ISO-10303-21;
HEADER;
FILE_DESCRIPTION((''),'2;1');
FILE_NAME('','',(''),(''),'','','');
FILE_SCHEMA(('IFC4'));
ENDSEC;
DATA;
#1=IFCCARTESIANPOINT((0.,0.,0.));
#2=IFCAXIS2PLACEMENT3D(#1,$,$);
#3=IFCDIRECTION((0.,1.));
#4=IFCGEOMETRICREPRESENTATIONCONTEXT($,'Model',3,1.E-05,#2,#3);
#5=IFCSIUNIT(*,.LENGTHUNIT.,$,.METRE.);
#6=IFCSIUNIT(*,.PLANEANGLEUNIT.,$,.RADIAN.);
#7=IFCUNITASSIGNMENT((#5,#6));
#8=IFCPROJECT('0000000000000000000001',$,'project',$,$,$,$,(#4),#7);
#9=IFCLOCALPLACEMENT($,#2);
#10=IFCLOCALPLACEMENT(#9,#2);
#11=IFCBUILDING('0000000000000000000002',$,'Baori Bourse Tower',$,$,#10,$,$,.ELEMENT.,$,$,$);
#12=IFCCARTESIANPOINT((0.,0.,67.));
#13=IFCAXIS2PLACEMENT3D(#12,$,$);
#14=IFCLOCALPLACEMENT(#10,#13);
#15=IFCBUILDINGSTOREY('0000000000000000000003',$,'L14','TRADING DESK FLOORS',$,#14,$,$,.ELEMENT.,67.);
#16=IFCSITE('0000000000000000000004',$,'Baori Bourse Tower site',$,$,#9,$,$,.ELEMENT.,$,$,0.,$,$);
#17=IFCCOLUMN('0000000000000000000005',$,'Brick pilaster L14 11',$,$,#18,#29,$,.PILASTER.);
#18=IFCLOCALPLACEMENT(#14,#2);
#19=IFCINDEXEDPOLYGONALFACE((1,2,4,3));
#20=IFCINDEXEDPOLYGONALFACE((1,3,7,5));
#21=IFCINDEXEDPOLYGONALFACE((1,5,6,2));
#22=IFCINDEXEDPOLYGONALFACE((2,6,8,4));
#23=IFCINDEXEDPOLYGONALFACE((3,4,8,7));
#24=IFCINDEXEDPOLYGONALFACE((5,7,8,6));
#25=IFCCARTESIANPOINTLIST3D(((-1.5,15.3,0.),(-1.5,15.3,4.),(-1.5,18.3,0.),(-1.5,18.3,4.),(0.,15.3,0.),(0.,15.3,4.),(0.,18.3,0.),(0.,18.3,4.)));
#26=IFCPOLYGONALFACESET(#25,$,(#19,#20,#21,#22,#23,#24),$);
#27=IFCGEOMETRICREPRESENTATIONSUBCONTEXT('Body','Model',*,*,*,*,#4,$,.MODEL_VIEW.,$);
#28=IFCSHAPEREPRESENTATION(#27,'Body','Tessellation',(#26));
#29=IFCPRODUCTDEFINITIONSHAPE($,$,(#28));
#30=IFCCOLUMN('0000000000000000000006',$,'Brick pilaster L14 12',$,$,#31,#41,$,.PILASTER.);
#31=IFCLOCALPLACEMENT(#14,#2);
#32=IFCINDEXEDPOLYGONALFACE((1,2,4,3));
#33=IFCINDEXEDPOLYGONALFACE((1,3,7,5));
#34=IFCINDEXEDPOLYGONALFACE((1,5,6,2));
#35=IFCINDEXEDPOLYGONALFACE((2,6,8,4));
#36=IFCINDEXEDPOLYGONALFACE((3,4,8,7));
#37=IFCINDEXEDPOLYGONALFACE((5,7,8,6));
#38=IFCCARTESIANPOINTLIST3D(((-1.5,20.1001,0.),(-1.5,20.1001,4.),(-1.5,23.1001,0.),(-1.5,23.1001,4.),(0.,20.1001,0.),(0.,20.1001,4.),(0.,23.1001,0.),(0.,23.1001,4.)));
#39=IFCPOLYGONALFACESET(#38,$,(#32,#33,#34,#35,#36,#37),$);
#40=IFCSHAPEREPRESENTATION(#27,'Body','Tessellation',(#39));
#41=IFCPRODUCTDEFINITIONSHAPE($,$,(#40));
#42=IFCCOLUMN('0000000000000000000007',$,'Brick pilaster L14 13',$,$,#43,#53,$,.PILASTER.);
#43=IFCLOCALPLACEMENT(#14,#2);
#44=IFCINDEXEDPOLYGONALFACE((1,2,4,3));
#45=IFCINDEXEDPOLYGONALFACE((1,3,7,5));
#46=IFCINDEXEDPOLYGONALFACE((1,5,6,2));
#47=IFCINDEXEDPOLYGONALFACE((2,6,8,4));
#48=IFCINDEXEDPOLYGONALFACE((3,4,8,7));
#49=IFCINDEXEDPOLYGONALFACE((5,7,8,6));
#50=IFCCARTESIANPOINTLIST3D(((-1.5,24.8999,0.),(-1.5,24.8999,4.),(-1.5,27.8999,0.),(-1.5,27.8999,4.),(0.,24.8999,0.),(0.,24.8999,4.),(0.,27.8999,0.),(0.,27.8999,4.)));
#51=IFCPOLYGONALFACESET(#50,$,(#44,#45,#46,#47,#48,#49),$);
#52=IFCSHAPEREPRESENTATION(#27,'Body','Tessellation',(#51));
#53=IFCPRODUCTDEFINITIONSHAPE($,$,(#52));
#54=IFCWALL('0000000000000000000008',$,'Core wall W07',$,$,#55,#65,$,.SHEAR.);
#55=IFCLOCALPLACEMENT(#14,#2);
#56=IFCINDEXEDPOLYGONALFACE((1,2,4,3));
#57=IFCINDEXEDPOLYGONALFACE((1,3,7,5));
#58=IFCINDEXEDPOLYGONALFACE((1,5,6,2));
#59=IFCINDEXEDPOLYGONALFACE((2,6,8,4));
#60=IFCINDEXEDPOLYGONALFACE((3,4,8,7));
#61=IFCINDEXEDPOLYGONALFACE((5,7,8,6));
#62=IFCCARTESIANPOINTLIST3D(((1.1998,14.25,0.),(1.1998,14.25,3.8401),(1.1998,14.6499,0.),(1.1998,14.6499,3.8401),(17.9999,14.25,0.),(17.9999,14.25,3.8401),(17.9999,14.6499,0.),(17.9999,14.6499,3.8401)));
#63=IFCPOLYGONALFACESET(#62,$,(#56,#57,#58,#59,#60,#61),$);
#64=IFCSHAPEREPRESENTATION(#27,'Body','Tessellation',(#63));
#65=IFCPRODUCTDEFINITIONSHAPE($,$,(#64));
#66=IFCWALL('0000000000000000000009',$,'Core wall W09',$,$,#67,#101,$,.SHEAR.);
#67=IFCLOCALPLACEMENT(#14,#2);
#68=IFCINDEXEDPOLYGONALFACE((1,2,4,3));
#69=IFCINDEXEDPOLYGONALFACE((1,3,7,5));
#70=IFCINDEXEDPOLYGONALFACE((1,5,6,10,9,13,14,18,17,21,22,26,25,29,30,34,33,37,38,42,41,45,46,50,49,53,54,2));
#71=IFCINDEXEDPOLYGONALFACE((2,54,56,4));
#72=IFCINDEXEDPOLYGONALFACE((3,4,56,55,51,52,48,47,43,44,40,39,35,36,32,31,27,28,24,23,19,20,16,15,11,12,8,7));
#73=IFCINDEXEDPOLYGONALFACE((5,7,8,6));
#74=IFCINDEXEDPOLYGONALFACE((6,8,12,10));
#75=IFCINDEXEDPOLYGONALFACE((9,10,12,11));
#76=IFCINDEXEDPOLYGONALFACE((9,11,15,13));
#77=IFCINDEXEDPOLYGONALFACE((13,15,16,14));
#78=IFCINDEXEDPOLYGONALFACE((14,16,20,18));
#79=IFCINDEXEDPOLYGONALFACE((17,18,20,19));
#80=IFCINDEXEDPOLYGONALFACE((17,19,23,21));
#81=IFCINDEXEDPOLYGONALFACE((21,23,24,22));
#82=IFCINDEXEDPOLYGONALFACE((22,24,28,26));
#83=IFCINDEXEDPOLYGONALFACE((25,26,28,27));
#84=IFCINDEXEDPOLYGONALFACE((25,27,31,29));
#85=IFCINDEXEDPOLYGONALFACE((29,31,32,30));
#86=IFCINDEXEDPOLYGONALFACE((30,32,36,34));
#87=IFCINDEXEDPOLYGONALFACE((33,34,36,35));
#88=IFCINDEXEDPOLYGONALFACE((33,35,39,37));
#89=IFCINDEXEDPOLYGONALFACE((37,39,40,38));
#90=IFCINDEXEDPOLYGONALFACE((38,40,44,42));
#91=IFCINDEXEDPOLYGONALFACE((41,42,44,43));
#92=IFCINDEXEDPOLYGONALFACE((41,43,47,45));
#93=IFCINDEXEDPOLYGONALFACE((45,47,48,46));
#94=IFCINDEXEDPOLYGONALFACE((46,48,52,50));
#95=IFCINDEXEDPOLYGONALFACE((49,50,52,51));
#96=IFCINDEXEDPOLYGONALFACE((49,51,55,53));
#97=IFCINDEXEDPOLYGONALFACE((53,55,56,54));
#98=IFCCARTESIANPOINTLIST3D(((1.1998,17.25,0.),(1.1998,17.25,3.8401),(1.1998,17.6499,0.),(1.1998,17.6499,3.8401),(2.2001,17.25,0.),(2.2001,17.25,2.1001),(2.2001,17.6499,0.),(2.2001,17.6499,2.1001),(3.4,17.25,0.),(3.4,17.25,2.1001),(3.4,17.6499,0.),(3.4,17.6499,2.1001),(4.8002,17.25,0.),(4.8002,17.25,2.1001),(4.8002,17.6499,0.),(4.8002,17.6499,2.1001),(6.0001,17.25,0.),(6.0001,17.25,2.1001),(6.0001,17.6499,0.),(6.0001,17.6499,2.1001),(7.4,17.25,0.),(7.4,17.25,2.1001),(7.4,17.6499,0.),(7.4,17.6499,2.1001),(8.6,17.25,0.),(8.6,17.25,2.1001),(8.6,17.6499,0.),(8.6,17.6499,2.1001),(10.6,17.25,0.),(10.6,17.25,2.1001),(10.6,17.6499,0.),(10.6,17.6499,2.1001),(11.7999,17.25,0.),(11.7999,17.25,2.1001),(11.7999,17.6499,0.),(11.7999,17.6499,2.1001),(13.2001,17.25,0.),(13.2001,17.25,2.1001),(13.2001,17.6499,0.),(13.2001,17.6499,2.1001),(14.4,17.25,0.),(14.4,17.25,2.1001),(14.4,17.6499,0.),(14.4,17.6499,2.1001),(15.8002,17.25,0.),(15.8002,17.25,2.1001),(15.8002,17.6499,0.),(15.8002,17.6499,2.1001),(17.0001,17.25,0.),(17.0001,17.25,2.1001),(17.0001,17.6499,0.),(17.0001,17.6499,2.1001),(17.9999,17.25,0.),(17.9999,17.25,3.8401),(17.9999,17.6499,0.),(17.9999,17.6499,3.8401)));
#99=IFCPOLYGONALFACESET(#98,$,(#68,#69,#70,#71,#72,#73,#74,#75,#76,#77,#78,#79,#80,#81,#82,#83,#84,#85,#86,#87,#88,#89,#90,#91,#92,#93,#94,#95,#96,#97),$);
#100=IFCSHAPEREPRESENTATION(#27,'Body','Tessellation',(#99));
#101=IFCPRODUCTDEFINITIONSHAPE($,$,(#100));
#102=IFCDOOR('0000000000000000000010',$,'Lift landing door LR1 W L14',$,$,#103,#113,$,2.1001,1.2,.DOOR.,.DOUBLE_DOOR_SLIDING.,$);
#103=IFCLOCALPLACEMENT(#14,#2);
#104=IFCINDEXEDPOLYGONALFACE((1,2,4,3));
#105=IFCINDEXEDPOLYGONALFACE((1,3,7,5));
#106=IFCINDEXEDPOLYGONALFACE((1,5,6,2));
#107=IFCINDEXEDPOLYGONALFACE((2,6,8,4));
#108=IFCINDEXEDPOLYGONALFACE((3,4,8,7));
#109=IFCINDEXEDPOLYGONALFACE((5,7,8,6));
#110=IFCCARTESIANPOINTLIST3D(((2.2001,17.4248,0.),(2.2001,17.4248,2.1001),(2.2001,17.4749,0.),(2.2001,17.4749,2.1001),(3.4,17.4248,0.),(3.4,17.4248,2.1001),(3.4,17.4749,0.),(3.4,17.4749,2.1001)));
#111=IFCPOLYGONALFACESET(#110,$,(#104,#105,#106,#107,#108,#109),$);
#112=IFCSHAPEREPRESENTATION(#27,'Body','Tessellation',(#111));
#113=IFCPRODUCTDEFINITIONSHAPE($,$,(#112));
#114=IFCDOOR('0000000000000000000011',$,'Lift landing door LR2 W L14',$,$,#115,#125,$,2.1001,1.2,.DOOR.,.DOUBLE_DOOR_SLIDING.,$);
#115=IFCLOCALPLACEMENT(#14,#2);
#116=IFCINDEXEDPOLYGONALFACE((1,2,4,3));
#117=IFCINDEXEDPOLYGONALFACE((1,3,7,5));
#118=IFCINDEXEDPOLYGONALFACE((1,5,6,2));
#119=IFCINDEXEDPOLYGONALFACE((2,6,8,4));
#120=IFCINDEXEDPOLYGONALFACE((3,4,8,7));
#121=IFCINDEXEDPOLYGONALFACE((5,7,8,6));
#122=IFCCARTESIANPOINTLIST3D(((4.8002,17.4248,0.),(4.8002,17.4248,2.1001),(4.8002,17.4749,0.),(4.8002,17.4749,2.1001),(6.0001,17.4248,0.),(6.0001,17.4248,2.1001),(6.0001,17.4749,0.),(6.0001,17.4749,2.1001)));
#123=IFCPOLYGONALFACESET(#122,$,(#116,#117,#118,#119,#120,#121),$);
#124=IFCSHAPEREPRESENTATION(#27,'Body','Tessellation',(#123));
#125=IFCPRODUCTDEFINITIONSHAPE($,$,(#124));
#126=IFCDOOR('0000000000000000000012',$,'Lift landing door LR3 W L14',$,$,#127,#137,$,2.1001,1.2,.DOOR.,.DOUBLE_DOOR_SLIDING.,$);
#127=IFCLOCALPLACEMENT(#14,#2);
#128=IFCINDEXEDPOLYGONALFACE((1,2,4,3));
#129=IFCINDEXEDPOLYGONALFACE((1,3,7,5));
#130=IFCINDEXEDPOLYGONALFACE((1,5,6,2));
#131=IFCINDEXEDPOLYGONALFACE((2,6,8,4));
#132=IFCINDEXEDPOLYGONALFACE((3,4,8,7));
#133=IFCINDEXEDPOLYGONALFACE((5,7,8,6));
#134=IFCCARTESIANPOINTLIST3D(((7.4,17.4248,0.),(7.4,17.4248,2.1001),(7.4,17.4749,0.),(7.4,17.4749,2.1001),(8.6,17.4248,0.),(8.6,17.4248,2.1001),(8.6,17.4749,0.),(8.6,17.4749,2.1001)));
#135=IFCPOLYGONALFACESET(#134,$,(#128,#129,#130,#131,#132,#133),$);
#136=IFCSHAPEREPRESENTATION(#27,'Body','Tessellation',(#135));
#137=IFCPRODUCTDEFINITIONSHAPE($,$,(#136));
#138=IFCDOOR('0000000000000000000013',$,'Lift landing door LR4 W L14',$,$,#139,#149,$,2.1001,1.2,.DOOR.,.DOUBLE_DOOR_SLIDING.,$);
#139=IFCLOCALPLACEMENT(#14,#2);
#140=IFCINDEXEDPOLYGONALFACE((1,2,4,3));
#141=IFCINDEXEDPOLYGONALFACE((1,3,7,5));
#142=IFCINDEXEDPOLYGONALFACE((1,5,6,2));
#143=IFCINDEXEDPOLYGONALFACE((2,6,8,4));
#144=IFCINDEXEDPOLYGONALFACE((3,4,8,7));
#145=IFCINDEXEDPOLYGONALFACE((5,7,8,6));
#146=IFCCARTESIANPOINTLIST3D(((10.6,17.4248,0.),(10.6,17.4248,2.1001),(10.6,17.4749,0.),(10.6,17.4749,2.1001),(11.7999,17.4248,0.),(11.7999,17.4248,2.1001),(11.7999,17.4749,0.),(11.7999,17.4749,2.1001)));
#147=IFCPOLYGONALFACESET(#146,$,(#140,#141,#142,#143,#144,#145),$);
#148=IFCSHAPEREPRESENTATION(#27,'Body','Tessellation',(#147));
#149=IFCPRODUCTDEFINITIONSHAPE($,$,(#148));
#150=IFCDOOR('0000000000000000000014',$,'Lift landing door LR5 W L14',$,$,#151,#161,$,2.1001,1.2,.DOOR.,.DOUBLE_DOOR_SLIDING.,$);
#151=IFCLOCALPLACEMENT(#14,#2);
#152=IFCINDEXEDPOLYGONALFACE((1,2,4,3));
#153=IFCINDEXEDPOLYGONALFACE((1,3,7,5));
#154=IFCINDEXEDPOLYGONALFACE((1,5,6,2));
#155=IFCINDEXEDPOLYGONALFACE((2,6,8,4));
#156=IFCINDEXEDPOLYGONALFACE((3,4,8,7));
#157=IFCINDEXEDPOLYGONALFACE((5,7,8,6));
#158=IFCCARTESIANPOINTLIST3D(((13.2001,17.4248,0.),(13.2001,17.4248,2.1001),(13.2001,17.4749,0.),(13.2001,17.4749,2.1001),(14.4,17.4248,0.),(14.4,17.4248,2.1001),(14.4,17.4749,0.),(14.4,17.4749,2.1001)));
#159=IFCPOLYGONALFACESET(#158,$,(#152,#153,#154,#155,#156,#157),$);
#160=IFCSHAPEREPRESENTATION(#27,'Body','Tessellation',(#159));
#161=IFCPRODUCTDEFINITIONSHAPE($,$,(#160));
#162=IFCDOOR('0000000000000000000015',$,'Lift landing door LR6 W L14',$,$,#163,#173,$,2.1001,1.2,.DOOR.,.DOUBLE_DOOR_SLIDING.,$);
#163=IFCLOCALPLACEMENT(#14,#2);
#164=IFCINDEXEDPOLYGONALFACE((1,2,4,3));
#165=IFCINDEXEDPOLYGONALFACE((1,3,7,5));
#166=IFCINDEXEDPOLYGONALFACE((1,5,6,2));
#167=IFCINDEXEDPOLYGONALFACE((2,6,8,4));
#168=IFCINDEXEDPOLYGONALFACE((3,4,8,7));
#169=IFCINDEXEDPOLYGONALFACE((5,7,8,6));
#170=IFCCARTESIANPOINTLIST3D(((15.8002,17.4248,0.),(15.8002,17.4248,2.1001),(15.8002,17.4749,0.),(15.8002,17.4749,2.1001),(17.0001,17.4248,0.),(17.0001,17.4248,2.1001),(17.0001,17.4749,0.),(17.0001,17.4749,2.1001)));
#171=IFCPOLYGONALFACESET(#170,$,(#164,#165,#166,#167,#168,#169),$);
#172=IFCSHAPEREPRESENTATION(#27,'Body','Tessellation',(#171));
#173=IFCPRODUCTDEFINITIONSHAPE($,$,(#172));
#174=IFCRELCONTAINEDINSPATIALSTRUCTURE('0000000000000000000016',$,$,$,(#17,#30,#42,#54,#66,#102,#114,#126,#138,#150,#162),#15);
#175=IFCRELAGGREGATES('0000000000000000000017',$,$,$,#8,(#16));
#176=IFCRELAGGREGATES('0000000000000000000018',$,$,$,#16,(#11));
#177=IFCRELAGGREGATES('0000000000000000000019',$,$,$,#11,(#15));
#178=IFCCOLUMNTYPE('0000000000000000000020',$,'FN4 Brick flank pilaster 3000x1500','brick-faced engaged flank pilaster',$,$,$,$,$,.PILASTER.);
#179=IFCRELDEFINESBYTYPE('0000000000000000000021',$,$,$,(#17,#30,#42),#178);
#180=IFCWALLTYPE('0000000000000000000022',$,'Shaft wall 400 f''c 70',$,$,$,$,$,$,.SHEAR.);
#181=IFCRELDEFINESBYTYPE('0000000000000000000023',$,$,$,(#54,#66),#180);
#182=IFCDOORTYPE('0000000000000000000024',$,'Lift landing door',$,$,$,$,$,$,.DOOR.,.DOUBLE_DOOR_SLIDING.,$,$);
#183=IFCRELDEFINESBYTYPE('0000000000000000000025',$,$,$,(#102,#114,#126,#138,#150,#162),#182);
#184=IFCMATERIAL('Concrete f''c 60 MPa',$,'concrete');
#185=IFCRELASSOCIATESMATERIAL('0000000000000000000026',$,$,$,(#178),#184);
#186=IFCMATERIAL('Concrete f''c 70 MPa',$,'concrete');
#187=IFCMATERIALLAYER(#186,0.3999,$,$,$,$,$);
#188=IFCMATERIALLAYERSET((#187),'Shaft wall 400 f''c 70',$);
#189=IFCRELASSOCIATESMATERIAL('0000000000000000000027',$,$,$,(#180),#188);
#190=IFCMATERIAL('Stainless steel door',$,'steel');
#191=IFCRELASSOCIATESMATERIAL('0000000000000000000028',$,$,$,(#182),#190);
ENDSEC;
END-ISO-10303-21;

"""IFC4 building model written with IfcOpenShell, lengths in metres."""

from ifc_helpers import new_model, si_unit, direction, frame, frame_2d, origin, origin_2d, place, context, subcontext, project, spatial, rectangle, extrude, material, layer, layer_set, material_profile, profile_set, type_object, element, fill, save


model = new_model("IFC4")

# Units and contexts
model_context = context("Model", 3, precision=1e-05, world=origin(), true_north=direction((0.0, 1.0)))
body_context = subcontext(model_context, "Body", "Model", "MODEL_VIEW")
ifc_project = project(units=[si_unit("LENGTHUNIT", "METRE"), si_unit("PLANEANGLEUNIT", "RADIAN")], contexts=[model_context])

# Site, building, storey
site_placement = place(None, origin())
site = spatial("IfcSite", under=ifc_project, at=site_placement, Name="Baori Bourse Tower site", CompositionType="ELEMENT", RefElevation=0.0)
building_placement = place(site_placement, origin())
building = spatial("IfcBuilding", under=site, at=building_placement, Name="Baori Bourse Tower", CompositionType="ELEMENT")
storey_placement = place(building_placement, frame((0.0, 0.0, 67.0)))
storey = spatial("IfcBuildingStorey", under=building, at=storey_placement, Name="L14", Description="TRADING DESK FLOORS", CompositionType="ELEMENT", Elevation=67.0)

# Columns
ifc_material_1 = material(Name="Concrete f'c 60 MPa", Category="concrete")
ifc_material_profile = material_profile(ifc_material_1, rectangle(XDim=3.0, YDim=1.5, at=origin_2d()), Name="RC 3000x1500")
ifc_profile_set = profile_set([ifc_material_profile], Name="Concrete f'c 60 MPa")
column_type = type_object("IfcColumnType", Name="FN4 Brick flank pilaster 3000x1500", Description="brick-faced engaged flank pilaster", PredefinedType="PILASTER", material=ifc_profile_set)
for number, where, z_axis, x_axis, name in (
    (1, (-0.75, 16.8, 0.0), (0.0, 0.0, 1.0), (0.0, 1.0, 0.0), "Brick pilaster L14 11"),
    (2, (-0.75, 21.6001, 0.0), (0.0, 0.0, 1.0), (0.0, 1.0, 0.0), "Brick pilaster L14 12"),
    (3, (-0.75, 26.3999, 0.0), (0.0, 0.0, 1.0), (0.0, 1.0, 0.0), "Brick pilaster L14 13"),
):
    element("IfcColumn", number, at=place(storey_placement, frame(where, z_axis=z_axis, x_axis=x_axis)), inside=storey, type_object=column_type, Name=name, PredefinedType="PILASTER", context=body_context, shape_type="SweptSolid", body=[
        extrude(rectangle(XDim=3.0, YDim=1.5, at=origin_2d()), origin(), (0.0, 0.0, 1.0), 4.0),
    ])

# Wall
ifc_material_2 = material(Name="Concrete f'c 70 MPa", Category="concrete")
ifc_layer_1 = layer(ifc_material_2, 0.3999)
ifc_layer_set_1 = layer_set([ifc_layer_1], Name="Shaft wall 400 f'c 70")
wall_type_1 = type_object("IfcWallType", Name="Shaft wall 400 f'c 70", PredefinedType="SHEAR", material=ifc_layer_set_1)
wall_1_placement = place(storey_placement, frame((1.2, 14.45, 0.0), z_axis=(0.0, 0.0, 1.0), x_axis=(1.0, 0.0, 0.0)))
element("IfcWall", 4, at=wall_1_placement, inside=storey, type_object=wall_type_1, Name="Core wall W07", PredefinedType="SHEAR", context=body_context, shape_type="SweptSolid", body=[
    extrude(rectangle(XDim=16.8, YDim=0.3999, at=frame_2d((8.3999, 0.0))), origin(), (0.0, 0.0, 1.0), 3.8401),
])

# Wall, openings, doors
wall_2_placement = place(storey_placement, frame((1.2, 17.45, 0.0), z_axis=(0.0, 0.0, 1.0), x_axis=(1.0, 0.0, 0.0)))
wall_2 = element("IfcWall", 5, at=wall_2_placement, inside=storey, type_object=wall_type_1, Name="Core wall W09", PredefinedType="SHEAR", context=body_context, shape_type="SweptSolid", body=[
    extrude(rectangle(XDim=16.8, YDim=0.3999, at=frame_2d((8.3999, 0.0))), origin(), (0.0, 0.0, 1.0), 3.8401),
])
opening_1_placement = place(wall_2_placement, frame((1.0, 0.0, 0.0)))
opening_1 = element("IfcOpeningElement", 6, at=opening_1_placement, cuts=wall_2, PredefinedType="OPENING", context=body_context, shape_type="SweptSolid", body=[
    extrude(rectangle(XDim=1.2, YDim=2.1001, at=frame_2d((0.6001, 1.05))), frame((0.0, 0.21, 0.0), z_axis=(0.0, -1.0, 0.0), x_axis=(1.0, 0.0, 0.0)), (0.0, 0.0, 1.0), 0.4199),
])
opening_2_placement = place(wall_2_placement, frame((3.6001, 0.0, 0.0)))
opening_2 = element("IfcOpeningElement", 7, at=opening_2_placement, cuts=wall_2, PredefinedType="OPENING", context=body_context, shape_type="SweptSolid", body=[
    extrude(rectangle(XDim=1.2, YDim=2.1001, at=frame_2d((0.6001, 1.05))), frame((0.0, 0.21, 0.0), z_axis=(0.0, -1.0, 0.0), x_axis=(1.0, 0.0, 0.0)), (0.0, 0.0, 1.0), 0.4199),
])
opening_3_placement = place(wall_2_placement, frame((6.2, 0.0, 0.0)))
opening_3 = element("IfcOpeningElement", 8, at=opening_3_placement, cuts=wall_2, PredefinedType="OPENING", context=body_context, shape_type="SweptSolid", body=[
    extrude(rectangle(XDim=1.2, YDim=2.1001, at=frame_2d((0.6001, 1.05))), frame((0.0, 0.21, 0.0), z_axis=(0.0, -1.0, 0.0), x_axis=(1.0, 0.0, 0.0)), (0.0, 0.0, 1.0), 0.4199),
])
opening_4_placement = place(wall_2_placement, frame((9.3999, 0.0, 0.0)))
opening_4 = element("IfcOpeningElement", 9, at=opening_4_placement, cuts=wall_2, PredefinedType="OPENING", context=body_context, shape_type="SweptSolid", body=[
    extrude(rectangle(XDim=1.2, YDim=2.1001, at=frame_2d((0.6001, 1.05))), frame((0.0, 0.21, 0.0), z_axis=(0.0, -1.0, 0.0), x_axis=(1.0, 0.0, 0.0)), (0.0, 0.0, 1.0), 0.4199),
])
opening_5_placement = place(wall_2_placement, frame((12.0, 0.0, 0.0)))
opening_5 = element("IfcOpeningElement", 10, at=opening_5_placement, cuts=wall_2, PredefinedType="OPENING", context=body_context, shape_type="SweptSolid", body=[
    extrude(rectangle(XDim=1.2, YDim=2.1001, at=frame_2d((0.6001, 1.05))), frame((0.0, 0.21, 0.0), z_axis=(0.0, -1.0, 0.0), x_axis=(1.0, 0.0, 0.0)), (0.0, 0.0, 1.0), 0.4199),
])
opening_6_placement = place(wall_2_placement, frame((14.6001, 0.0, 0.0)))
opening_6 = element("IfcOpeningElement", 11, at=opening_6_placement, cuts=wall_2, PredefinedType="OPENING", context=body_context, shape_type="SweptSolid", body=[
    extrude(rectangle(XDim=1.2, YDim=2.1001, at=frame_2d((0.6001, 1.05))), frame((0.0, 0.21, 0.0), z_axis=(0.0, -1.0, 0.0), x_axis=(1.0, 0.0, 0.0)), (0.0, 0.0, 1.0), 0.4199),
])
ifc_material_3 = material(Name="Stainless steel door", Category="steel")
door_type_1 = type_object("IfcDoorType", Name="Lift landing door", OperationType="DOUBLE_DOOR_SLIDING", PredefinedType="DOOR", material=ifc_material_3)
door_1_placement = place(opening_1_placement, origin())
door_1 = element("IfcDoor", 12, at=door_1_placement, inside=storey, type_object=door_type_1, Name="Lift landing door LR1 W L14", OperationType="DOUBLE_DOOR_SLIDING", OverallHeight=2.1001, OverallWidth=1.2, PredefinedType="DOOR", context=body_context, shape_type="SweptSolid", body=[
    extrude(rectangle(XDim=1.2, YDim=2.1001, at=frame_2d((0.6001, 1.05))), frame((0.0, 0.0249, 0.0), z_axis=(0.0, -1.0, 0.0), x_axis=(1.0, 0.0, 0.0)), (0.0, 0.0, 1.0), 0.05),
])
fill(opening_1, door_1)
door_2_placement = place(opening_2_placement, origin())
door_2 = element("IfcDoor", 13, at=door_2_placement, inside=storey, type_object=door_type_1, Name="Lift landing door LR2 W L14", OperationType="DOUBLE_DOOR_SLIDING", OverallHeight=2.1001, OverallWidth=1.2, PredefinedType="DOOR", context=body_context, shape_type="SweptSolid", body=[
    extrude(rectangle(XDim=1.2, YDim=2.1001, at=frame_2d((0.6001, 1.05))), frame((0.0, 0.0249, 0.0), z_axis=(0.0, -1.0, 0.0), x_axis=(1.0, 0.0, 0.0)), (0.0, 0.0, 1.0), 0.05),
])
fill(opening_2, door_2)
door_3_placement = place(opening_3_placement, origin())
door_3 = element("IfcDoor", 14, at=door_3_placement, inside=storey, type_object=door_type_1, Name="Lift landing door LR3 W L14", OperationType="DOUBLE_DOOR_SLIDING", OverallHeight=2.1001, OverallWidth=1.2, PredefinedType="DOOR", context=body_context, shape_type="SweptSolid", body=[
    extrude(rectangle(XDim=1.2, YDim=2.1001, at=frame_2d((0.6001, 1.05))), frame((0.0, 0.0249, 0.0), z_axis=(0.0, -1.0, 0.0), x_axis=(1.0, 0.0, 0.0)), (0.0, 0.0, 1.0), 0.05),
])
fill(opening_3, door_3)
door_4_placement = place(opening_4_placement, origin())
door_4 = element("IfcDoor", 15, at=door_4_placement, inside=storey, type_object=door_type_1, Name="Lift landing door LR4 W L14", OperationType="DOUBLE_DOOR_SLIDING", OverallHeight=2.1001, OverallWidth=1.2, PredefinedType="DOOR", context=body_context, shape_type="SweptSolid", body=[
    extrude(rectangle(XDim=1.2, YDim=2.1001, at=frame_2d((0.6001, 1.05))), frame((0.0, 0.0249, 0.0), z_axis=(0.0, -1.0, 0.0), x_axis=(1.0, 0.0, 0.0)), (0.0, 0.0, 1.0), 0.05),
])
fill(opening_4, door_4)
door_5_placement = place(opening_5_placement, origin())
door_5 = element("IfcDoor", 16, at=door_5_placement, inside=storey, type_object=door_type_1, Name="Lift landing door LR5 W L14", OperationType="DOUBLE_DOOR_SLIDING", OverallHeight=2.1001, OverallWidth=1.2, PredefinedType="DOOR", context=body_context, shape_type="SweptSolid", body=[
    extrude(rectangle(XDim=1.2, YDim=2.1001, at=frame_2d((0.6001, 1.05))), frame((0.0, 0.0249, 0.0), z_axis=(0.0, -1.0, 0.0), x_axis=(1.0, 0.0, 0.0)), (0.0, 0.0, 1.0), 0.05),
])
fill(opening_5, door_5)
door_6_placement = place(opening_6_placement, origin())
door_6 = element("IfcDoor", 17, at=door_6_placement, inside=storey, type_object=door_type_1, Name="Lift landing door LR6 W L14", OperationType="DOUBLE_DOOR_SLIDING", OverallHeight=2.1001, OverallWidth=1.2, PredefinedType="DOOR", context=body_context, shape_type="SweptSolid", body=[
    extrude(rectangle(XDim=1.2, YDim=2.1001, at=frame_2d((0.6001, 1.05))), frame((0.0, 0.0249, 0.0), z_axis=(0.0, -1.0, 0.0), x_axis=(1.0, 0.0, 0.0)), (0.0, 0.0, 1.0), 0.05),
])
fill(opening_6, door_6)

save(model, "model.ifc")
